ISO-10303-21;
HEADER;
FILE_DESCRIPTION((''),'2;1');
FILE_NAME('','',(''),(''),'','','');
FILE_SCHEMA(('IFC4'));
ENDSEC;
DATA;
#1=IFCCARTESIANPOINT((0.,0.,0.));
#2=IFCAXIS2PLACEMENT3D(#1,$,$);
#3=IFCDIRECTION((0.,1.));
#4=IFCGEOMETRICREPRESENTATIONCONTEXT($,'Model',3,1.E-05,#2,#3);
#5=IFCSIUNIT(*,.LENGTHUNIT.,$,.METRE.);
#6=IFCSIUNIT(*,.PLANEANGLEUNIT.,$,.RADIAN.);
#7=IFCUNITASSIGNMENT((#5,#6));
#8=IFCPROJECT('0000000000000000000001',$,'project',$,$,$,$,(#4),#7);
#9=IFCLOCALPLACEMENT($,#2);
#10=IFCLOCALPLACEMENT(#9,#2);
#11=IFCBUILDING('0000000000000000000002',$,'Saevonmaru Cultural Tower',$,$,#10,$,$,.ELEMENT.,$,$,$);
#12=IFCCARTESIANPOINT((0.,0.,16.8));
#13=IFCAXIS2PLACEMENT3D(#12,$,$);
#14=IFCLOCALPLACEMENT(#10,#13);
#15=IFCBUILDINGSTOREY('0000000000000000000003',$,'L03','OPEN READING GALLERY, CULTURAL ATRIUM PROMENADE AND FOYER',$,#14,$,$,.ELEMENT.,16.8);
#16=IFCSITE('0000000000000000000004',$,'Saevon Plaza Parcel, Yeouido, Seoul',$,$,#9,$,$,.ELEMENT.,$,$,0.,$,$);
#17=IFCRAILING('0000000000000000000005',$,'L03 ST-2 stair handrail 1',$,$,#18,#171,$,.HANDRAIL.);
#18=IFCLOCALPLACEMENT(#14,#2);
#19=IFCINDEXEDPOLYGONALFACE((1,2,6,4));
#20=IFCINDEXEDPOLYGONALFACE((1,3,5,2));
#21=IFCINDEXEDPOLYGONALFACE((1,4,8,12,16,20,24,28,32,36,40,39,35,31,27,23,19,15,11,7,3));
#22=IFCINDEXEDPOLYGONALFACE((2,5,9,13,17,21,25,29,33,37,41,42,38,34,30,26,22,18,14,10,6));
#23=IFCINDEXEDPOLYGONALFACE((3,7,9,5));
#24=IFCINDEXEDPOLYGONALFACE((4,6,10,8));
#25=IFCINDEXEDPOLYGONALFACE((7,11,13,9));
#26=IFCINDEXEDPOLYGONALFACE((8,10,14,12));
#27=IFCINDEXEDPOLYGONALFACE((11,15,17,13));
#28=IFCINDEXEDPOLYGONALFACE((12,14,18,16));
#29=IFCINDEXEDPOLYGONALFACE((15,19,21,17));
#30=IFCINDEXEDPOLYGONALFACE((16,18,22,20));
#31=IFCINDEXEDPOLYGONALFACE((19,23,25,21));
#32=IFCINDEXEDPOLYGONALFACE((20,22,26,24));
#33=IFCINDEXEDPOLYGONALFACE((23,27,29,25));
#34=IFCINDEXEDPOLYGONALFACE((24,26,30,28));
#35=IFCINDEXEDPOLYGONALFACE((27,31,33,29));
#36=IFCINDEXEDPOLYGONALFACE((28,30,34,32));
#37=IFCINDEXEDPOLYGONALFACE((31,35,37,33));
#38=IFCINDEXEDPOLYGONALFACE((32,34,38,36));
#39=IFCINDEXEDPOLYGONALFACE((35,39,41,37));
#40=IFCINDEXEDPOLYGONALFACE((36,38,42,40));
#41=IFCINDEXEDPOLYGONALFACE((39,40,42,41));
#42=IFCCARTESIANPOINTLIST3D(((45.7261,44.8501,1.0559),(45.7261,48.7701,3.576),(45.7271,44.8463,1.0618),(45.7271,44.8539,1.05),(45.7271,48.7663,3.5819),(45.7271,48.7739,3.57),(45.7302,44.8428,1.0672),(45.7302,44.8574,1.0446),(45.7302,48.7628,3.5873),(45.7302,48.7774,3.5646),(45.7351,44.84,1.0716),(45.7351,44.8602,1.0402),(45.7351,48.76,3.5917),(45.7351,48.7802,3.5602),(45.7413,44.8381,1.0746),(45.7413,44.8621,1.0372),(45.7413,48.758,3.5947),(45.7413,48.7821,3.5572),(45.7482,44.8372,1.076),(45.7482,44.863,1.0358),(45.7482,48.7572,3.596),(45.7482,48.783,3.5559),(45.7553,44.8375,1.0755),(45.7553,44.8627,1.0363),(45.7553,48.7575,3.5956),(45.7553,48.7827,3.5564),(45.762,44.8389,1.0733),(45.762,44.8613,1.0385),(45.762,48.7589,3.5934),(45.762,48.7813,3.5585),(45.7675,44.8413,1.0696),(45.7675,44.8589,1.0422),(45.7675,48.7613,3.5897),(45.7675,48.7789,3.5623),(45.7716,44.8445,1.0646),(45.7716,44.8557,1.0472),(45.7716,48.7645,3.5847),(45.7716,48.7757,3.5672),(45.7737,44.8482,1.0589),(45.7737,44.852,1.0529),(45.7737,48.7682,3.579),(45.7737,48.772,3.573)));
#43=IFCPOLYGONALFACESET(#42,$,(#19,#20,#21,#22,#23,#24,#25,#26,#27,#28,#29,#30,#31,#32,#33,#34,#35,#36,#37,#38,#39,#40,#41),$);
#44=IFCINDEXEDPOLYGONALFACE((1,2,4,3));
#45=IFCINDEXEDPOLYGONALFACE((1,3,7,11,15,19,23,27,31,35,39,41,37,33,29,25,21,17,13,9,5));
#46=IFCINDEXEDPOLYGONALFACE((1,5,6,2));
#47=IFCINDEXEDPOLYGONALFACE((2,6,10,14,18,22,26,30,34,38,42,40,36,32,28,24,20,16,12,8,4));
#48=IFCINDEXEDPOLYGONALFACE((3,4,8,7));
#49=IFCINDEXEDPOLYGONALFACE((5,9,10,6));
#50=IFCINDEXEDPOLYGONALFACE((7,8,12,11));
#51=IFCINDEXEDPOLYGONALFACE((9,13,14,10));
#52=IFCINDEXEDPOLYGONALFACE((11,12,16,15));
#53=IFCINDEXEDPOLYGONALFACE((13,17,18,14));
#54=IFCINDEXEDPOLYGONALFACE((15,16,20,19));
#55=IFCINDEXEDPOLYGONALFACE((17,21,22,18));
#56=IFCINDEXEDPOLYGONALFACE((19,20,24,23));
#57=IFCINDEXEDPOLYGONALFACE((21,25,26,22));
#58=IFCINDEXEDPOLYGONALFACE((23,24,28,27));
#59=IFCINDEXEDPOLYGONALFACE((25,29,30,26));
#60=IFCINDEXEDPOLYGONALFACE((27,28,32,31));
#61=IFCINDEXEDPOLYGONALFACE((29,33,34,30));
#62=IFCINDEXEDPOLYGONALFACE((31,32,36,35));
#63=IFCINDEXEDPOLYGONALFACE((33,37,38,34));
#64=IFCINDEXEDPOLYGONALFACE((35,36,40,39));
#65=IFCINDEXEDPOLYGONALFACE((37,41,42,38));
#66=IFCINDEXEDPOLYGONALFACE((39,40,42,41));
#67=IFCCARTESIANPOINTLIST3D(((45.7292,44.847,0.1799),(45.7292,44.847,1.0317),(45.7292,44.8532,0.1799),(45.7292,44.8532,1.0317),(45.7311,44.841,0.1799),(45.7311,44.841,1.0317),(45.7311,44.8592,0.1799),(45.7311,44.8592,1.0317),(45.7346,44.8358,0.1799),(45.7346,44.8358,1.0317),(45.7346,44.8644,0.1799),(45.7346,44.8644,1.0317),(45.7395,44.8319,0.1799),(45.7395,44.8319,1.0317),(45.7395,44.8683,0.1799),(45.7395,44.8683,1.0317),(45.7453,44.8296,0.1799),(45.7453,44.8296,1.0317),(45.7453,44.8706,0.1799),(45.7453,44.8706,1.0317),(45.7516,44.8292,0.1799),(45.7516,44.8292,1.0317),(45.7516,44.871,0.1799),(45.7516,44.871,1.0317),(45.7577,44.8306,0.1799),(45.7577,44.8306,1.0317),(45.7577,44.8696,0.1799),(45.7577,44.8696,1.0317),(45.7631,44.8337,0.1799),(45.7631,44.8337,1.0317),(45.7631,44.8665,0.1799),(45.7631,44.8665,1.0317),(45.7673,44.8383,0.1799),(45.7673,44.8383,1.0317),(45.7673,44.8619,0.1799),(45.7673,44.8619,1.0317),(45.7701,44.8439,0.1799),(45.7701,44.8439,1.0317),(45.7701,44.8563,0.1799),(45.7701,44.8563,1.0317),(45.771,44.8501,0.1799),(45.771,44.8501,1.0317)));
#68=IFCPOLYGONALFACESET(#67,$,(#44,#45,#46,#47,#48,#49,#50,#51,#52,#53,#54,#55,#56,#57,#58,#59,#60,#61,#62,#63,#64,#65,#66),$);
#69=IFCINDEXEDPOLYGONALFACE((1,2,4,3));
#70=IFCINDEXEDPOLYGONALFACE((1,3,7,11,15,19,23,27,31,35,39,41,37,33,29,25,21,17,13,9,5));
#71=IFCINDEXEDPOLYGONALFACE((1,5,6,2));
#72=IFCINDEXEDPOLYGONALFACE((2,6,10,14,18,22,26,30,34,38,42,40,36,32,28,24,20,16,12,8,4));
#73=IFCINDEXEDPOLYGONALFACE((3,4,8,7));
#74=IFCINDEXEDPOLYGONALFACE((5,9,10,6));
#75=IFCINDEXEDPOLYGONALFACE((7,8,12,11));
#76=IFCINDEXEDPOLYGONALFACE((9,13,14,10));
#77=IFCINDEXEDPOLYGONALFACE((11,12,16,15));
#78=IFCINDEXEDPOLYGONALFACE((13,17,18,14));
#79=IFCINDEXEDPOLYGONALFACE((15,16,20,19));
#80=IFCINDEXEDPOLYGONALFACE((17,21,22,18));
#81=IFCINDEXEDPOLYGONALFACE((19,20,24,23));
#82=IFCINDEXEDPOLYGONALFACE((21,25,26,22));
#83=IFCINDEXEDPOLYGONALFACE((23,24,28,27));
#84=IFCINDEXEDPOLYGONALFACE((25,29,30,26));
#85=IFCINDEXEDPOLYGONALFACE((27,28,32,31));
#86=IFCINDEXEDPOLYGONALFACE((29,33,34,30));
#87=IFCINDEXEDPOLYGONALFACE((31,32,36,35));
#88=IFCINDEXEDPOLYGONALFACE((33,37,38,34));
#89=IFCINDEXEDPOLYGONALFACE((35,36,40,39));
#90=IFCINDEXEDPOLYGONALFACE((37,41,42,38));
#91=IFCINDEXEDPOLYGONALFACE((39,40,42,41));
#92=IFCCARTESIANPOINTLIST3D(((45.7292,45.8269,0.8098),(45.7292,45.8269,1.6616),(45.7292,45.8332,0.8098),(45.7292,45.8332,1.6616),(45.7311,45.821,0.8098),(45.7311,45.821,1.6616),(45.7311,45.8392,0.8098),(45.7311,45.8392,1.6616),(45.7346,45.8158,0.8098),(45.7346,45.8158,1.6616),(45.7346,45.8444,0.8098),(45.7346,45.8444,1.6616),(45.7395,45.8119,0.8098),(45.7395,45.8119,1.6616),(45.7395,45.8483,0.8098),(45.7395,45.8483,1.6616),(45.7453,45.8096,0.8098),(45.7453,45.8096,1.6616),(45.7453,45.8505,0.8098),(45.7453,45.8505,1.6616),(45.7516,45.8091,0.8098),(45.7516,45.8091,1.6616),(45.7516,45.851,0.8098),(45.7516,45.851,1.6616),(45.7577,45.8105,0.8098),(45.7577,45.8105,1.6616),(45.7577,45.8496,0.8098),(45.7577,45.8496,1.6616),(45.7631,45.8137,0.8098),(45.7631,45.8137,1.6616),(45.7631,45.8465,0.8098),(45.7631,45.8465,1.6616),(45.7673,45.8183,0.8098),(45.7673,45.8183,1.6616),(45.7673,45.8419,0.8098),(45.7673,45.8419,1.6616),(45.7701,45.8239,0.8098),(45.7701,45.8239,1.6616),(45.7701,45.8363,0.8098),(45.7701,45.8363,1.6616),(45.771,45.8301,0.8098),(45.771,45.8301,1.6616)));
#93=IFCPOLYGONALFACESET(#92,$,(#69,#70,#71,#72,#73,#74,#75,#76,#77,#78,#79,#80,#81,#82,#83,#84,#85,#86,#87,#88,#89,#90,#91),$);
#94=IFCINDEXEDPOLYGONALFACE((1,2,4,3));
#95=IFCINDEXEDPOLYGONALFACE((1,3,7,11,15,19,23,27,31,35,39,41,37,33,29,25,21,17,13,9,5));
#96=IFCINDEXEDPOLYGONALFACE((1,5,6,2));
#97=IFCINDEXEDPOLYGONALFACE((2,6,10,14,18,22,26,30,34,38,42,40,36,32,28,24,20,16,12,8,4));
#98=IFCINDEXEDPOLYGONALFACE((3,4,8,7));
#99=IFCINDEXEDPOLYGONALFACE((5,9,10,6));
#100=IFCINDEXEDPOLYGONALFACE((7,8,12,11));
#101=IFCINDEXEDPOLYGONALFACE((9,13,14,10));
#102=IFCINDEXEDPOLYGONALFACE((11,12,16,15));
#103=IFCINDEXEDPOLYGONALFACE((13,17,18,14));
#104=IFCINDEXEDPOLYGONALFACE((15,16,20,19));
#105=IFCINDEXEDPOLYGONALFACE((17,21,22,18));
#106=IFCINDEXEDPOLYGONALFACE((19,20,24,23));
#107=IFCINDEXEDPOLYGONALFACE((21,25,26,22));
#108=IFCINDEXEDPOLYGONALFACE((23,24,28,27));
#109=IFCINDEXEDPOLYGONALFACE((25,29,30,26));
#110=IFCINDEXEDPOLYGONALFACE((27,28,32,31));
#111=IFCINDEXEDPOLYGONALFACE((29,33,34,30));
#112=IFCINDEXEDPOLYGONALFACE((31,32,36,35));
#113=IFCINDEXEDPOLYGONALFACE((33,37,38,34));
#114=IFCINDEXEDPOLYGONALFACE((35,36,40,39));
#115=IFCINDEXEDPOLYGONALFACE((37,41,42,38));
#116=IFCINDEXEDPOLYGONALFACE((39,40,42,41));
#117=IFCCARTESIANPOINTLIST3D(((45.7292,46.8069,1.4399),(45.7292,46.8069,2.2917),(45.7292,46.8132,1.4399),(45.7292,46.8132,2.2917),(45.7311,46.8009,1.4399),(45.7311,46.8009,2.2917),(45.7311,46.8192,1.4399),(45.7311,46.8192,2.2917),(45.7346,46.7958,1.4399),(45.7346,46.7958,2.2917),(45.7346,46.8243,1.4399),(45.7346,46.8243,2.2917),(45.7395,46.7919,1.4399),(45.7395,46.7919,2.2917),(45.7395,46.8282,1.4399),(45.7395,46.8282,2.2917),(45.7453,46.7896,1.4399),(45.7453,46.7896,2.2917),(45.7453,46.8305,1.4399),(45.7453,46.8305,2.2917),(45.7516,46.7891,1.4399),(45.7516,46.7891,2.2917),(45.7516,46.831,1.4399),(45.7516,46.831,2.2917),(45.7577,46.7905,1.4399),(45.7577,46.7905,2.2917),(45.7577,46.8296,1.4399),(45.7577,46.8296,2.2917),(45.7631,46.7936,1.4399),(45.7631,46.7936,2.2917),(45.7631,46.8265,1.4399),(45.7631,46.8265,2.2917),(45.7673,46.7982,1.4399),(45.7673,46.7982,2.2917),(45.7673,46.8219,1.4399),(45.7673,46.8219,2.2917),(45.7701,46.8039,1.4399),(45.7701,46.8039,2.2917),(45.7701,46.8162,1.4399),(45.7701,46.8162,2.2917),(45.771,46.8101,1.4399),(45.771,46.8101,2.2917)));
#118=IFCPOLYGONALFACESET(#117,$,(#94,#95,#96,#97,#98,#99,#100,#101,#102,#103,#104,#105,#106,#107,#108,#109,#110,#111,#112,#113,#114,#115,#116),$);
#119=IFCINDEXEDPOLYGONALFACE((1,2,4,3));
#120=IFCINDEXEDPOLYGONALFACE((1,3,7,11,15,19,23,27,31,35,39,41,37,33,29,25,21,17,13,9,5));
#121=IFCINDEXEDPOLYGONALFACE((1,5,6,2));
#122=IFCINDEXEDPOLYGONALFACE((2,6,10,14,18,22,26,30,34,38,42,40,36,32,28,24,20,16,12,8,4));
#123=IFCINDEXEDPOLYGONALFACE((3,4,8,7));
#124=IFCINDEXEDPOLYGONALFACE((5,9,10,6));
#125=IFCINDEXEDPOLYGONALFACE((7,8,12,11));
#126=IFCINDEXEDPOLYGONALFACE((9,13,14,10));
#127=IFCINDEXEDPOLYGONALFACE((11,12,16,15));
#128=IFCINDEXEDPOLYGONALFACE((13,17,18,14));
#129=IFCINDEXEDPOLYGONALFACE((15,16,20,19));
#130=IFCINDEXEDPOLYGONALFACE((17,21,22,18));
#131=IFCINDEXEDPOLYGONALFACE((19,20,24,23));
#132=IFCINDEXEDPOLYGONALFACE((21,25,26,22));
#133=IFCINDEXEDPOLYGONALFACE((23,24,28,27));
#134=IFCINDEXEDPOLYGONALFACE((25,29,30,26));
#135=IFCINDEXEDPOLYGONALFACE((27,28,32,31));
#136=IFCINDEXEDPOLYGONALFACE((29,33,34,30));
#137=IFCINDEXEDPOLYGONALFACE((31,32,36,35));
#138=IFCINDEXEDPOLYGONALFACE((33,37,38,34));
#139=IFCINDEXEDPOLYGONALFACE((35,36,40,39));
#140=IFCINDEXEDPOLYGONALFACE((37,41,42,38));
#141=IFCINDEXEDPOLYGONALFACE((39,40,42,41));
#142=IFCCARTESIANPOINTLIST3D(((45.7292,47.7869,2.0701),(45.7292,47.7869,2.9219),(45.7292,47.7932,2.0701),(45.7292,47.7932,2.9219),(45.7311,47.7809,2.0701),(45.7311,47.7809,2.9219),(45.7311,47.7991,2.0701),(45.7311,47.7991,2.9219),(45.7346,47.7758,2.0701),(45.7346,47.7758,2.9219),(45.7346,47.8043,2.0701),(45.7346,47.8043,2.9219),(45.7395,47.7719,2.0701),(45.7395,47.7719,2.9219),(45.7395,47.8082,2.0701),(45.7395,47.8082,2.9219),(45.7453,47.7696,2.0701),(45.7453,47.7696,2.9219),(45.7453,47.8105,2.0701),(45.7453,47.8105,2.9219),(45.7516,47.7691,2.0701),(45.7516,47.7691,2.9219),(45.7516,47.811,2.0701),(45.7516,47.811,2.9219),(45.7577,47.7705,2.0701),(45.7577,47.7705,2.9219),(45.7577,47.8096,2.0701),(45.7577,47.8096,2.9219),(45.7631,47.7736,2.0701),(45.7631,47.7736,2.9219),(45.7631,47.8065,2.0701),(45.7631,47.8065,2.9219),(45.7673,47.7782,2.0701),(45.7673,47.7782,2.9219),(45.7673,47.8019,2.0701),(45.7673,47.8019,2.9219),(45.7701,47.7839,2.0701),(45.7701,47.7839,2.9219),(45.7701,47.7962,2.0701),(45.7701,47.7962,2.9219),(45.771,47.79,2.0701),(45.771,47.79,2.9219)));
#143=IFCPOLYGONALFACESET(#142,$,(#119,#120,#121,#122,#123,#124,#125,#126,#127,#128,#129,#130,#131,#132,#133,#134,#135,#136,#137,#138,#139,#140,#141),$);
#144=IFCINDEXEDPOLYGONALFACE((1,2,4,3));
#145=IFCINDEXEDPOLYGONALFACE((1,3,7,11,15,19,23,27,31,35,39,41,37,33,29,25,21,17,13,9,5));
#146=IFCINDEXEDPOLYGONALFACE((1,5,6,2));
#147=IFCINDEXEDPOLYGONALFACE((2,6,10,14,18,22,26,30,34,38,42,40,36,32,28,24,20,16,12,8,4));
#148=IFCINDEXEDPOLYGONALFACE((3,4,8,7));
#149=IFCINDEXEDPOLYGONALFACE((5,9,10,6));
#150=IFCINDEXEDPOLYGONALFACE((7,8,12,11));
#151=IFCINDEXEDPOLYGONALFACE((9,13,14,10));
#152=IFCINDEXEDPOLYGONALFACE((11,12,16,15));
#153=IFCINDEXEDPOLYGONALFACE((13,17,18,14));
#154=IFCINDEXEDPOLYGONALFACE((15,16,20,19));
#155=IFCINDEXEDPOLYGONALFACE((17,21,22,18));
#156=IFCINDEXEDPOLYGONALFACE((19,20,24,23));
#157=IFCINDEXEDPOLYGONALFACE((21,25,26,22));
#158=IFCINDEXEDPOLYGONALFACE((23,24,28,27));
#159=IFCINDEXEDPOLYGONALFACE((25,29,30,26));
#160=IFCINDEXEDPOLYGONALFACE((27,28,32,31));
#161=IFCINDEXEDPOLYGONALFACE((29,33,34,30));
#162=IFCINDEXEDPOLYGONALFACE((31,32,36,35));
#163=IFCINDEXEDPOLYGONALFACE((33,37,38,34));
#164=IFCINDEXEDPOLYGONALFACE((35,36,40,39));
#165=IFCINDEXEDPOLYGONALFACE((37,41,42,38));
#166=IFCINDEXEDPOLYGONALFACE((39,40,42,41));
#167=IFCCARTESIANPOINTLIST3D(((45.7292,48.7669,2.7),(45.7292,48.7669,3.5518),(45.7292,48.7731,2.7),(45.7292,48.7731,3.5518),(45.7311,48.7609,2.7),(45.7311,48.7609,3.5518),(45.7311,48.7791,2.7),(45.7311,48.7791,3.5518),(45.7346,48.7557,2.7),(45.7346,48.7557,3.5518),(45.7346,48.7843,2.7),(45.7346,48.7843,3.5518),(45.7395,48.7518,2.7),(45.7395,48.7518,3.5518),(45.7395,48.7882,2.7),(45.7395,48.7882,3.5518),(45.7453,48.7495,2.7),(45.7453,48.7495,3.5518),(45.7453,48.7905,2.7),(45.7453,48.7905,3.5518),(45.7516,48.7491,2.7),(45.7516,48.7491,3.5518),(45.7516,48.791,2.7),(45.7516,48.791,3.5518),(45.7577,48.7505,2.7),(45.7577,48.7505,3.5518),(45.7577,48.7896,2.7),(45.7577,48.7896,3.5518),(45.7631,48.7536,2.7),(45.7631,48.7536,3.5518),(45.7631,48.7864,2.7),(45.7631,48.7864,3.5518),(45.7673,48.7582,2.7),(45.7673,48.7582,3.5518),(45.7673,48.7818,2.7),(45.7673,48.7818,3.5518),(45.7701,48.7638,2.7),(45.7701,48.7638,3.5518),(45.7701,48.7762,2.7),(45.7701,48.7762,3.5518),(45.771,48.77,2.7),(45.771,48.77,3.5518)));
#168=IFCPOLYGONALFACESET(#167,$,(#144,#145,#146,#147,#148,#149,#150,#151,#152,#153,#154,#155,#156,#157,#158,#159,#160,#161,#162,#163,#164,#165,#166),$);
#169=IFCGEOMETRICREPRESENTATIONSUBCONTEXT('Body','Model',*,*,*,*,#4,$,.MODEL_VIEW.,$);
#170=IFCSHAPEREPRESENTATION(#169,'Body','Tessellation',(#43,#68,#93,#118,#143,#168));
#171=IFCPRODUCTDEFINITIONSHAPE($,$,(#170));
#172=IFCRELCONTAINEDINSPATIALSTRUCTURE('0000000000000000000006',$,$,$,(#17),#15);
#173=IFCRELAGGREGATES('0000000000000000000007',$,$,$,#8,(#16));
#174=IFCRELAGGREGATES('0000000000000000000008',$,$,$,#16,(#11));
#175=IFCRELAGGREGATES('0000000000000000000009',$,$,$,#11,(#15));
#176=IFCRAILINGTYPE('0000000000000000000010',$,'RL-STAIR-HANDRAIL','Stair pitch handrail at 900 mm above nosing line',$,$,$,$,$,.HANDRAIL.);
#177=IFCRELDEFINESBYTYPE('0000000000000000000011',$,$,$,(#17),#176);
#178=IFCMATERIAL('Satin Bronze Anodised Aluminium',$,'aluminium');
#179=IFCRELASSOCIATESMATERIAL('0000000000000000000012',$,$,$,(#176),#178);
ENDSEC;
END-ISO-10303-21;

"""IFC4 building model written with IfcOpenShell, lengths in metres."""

from ifc_helpers import new_model, si_unit, direction, frame, origin, origin_2d, place, context, subcontext, project, spatial, circle, extrude, material, type_object, element, save


model = new_model("IFC4")

# Units and contexts
model_context = context("Model", 3, precision=1e-05, world=origin(), true_north=direction((0.0, 1.0)))
body_context = subcontext(model_context, "Body", "Model", "MODEL_VIEW")
ifc_project = project(units=[si_unit("LENGTHUNIT", "METRE"), si_unit("PLANEANGLEUNIT", "RADIAN")], contexts=[model_context])

# Site, building, storey
site_placement = place(None, origin())
site = spatial("IfcSite", under=ifc_project, at=site_placement, Name="Saevon Plaza Parcel, Yeouido, Seoul", CompositionType="ELEMENT", RefElevation=0.0)
building_placement = place(site_placement, origin())
building = spatial("IfcBuilding", under=site, at=building_placement, Name="Saevonmaru Cultural Tower", CompositionType="ELEMENT")
storey_placement = place(building_placement, frame((0.0, 0.0, 16.8)))
storey = spatial("IfcBuildingStorey", under=building, at=storey_placement, Name="L03", Description="OPEN READING GALLERY, CULTURAL ATRIUM PROMENADE AND FOYER", CompositionType="ELEMENT", Elevation=16.8)

# Shared definitions
ifc_material_1 = material(Name="Satin Bronze Anodised Aluminium", Category="aluminium")

# Railing
railing_type_1 = type_object("IfcRailingType", Name="RL-STAIR-HANDRAIL", Description="Stair pitch handrail at 900 mm above nosing line", PredefinedType="HANDRAIL", material=ifc_material_1)
railing_1_placement = place(storey_placement, frame((45.75, 44.8501, 0.1799)))
element("IfcRailing", 1, at=railing_1_placement, inside=storey, type_object=railing_type_1, Name="L03 ST-2 stair handrail 1", PredefinedType="HANDRAIL", context=body_context, shape_type="SweptSolid", body=[
    extrude(circle(Radius=0.0239, at=origin_2d()), frame((0.0, 0.0, 0.876), z_axis=(0.0, 0.841172, 0.540768), x_axis=(-1.0, 0.0, 0.0)), (0.0, 0.0, 1.0), 4.6602),
    extrude(circle(Radius=0.021, at=origin_2d()), origin(), (0.0, 0.0, 1.0), 0.8518),
    extrude(circle(Radius=0.021, at=origin_2d()), frame((0.0, 0.98, 0.6299)), (0.0, 0.0, 1.0), 0.8518),
    extrude(circle(Radius=0.021, at=origin_2d()), frame((0.0, 1.96, 1.26)), (0.0, 0.0, 1.0), 0.8518),
    extrude(circle(Radius=0.021, at=origin_2d()), frame((0.0, 2.9399, 1.8901)), (0.0, 0.0, 1.0), 0.8518),
    extrude(circle(Radius=0.021, at=origin_2d()), frame((0.0, 3.9199, 2.52)), (0.0, 0.0, 1.0), 0.8518),
])

save(model, "model.ifc")
